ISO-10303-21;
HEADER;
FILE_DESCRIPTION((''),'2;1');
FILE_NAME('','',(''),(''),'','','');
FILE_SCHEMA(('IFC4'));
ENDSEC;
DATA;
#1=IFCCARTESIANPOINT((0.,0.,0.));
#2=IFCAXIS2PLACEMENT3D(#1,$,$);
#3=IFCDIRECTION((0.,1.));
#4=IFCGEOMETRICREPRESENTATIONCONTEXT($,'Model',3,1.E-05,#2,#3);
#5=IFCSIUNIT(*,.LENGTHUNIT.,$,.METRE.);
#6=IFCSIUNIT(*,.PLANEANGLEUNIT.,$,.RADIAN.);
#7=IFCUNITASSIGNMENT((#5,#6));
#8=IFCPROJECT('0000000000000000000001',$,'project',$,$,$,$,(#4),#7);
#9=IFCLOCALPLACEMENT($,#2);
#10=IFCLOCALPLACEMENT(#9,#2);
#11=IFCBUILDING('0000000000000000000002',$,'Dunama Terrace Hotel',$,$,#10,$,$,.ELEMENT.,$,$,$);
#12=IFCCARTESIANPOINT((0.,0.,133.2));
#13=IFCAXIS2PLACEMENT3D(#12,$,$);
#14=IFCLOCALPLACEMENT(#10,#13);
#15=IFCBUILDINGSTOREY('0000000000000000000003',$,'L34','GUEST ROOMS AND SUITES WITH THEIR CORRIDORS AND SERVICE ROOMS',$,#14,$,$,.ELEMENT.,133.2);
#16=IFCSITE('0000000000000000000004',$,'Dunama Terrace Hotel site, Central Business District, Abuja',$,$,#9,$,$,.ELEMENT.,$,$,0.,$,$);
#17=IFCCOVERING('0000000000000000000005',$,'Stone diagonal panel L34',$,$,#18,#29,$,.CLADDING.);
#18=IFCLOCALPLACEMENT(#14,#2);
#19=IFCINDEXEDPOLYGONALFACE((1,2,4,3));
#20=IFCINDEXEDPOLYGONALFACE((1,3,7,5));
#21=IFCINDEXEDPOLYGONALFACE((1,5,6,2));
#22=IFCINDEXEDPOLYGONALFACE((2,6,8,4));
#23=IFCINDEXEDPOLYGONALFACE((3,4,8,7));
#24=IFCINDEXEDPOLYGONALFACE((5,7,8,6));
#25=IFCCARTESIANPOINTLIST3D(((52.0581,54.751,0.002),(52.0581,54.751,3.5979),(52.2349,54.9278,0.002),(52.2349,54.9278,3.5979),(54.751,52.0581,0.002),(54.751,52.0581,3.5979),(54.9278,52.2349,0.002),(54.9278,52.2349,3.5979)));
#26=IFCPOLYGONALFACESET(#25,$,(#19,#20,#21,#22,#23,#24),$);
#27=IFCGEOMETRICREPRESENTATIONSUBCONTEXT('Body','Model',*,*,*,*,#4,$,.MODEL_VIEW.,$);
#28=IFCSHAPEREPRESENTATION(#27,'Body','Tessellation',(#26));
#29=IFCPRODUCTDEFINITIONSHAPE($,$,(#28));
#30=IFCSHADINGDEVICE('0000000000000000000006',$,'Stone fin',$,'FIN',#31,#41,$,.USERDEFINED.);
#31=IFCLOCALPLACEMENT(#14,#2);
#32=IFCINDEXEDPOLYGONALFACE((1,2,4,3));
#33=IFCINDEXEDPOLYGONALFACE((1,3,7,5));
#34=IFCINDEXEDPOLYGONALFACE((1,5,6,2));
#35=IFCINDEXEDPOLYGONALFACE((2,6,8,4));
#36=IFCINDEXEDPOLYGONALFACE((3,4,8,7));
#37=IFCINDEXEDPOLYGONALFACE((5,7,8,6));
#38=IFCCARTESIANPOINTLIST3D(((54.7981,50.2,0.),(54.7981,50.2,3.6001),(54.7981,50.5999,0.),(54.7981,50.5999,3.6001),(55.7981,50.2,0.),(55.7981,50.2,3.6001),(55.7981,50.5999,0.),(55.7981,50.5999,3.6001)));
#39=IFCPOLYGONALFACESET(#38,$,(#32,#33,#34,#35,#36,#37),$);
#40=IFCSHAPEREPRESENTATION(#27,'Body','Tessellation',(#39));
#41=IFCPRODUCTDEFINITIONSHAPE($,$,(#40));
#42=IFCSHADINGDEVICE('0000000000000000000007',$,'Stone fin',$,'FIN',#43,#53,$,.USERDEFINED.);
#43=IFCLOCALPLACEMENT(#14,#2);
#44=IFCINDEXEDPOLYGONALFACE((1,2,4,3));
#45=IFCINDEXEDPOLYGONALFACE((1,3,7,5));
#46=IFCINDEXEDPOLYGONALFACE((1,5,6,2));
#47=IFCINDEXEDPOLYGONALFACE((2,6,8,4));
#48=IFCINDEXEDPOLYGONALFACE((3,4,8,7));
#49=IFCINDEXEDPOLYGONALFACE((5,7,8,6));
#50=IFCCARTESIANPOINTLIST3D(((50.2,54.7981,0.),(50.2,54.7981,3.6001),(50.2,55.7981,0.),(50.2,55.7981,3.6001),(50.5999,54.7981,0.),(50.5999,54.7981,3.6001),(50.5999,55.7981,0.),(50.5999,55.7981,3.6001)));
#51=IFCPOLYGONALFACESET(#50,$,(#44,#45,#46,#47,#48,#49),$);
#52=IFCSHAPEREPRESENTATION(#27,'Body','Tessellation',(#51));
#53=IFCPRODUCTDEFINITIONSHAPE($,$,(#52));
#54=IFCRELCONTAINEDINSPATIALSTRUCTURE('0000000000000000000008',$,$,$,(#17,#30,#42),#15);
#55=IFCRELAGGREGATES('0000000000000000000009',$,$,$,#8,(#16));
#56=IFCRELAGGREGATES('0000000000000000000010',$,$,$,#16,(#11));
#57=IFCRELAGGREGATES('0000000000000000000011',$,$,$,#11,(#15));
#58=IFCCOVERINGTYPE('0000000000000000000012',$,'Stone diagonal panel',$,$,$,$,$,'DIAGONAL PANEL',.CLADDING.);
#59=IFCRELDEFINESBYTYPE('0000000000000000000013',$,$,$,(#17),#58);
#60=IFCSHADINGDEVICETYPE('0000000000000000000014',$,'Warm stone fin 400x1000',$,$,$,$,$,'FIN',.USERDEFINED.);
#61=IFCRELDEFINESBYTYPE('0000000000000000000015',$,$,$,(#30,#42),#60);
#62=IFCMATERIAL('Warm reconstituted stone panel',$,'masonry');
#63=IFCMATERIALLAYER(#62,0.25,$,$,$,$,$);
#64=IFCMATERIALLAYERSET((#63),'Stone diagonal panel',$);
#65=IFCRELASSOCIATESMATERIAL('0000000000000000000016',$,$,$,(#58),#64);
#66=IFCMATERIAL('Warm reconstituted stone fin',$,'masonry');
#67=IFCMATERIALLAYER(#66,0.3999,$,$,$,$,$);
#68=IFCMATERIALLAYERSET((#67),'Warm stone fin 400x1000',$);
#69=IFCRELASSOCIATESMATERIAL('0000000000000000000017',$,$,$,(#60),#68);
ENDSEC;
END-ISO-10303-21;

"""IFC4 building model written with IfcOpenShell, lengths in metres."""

from ifc_helpers import new_model, si_unit, direction, frame, origin, origin_2d, place, context, subcontext, project, spatial, rectangle, extrude, material, layer, layer_set, type_object, element, save


model = new_model("IFC4")

# Units and contexts
model_context = context("Model", 3, precision=1e-05, world=origin(), true_north=direction((0.0, 1.0)))
body_context = subcontext(model_context, "Body", "Model", "MODEL_VIEW")
ifc_project = project(units=[si_unit("LENGTHUNIT", "METRE"), si_unit("PLANEANGLEUNIT", "RADIAN")], contexts=[model_context])

# Site, building, storey
site_placement = place(None, origin())
site = spatial("IfcSite", under=ifc_project, at=site_placement, Name="Dunama Terrace Hotel site, Central Business District, Abuja", CompositionType="ELEMENT", RefElevation=0.0)
building_placement = place(site_placement, origin())
building = spatial("IfcBuilding", under=site, at=building_placement, Name="Dunama Terrace Hotel", CompositionType="ELEMENT")
storey_placement = place(building_placement, frame((0.0, 0.0, 133.2)))
storey = spatial("IfcBuildingStorey", under=building, at=storey_placement, Name="L34", Description="GUEST ROOMS AND SUITES WITH THEIR CORRIDORS AND SERVICE ROOMS", CompositionType="ELEMENT", Elevation=133.2)

# Covering
ifc_material_1 = material(Name="Warm reconstituted stone panel", Category="masonry")
ifc_layer_1 = layer(ifc_material_1, 0.25)
ifc_layer_set_1 = layer_set([ifc_layer_1], Name="Stone diagonal panel")
covering_type = type_object("IfcCoveringType", Name="Stone diagonal panel", ElementType="DIAGONAL PANEL", PredefinedType="CLADDING", material=ifc_layer_set_1)
covering_placement = place(storey_placement, frame((53.4929, 53.4929, 0.002), z_axis=(0.0, 0.0, 1.0), x_axis=(-0.707107, 0.707107, 0.0)))
element("IfcCovering", 1, at=covering_placement, inside=storey, type_object=covering_type, Name="Stone diagonal panel L34", PredefinedType="CLADDING", context=body_context, shape_type="SweptSolid", body=[
    extrude(rectangle(XDim=3.8083, YDim=0.25, at=origin_2d()), origin(), (0.0, 0.0, 1.0), 3.5959),
])

# Shading devices
ifc_material_2 = material(Name="Warm reconstituted stone fin", Category="masonry")
ifc_layer_2 = layer(ifc_material_2, 0.3999)
ifc_layer_set_2 = layer_set([ifc_layer_2], Name="Warm stone fin 400x1000")
shading_device_type = type_object("IfcShadingDeviceType", Name="Warm stone fin 400x1000", ElementType="FIN", PredefinedType="USERDEFINED", material=ifc_layer_set_2)
for number, where, z_axis, x_axis, name in (
    (2, (55.2981, 50.3999, 0.0), (0.0, 0.0, 1.0), (0.0, 1.0, 0.0), "Stone fin"),
    (3, (50.3999, 55.2981, 0.0), (0.0, 0.0, 1.0), (-1.0, 0.0, 0.0), "Stone fin"),
):
    element("IfcShadingDevice", number, at=place(storey_placement, frame(where, z_axis=z_axis, x_axis=x_axis)), inside=storey, type_object=shading_device_type, Name=name, ObjectType="FIN", PredefinedType="USERDEFINED", context=body_context, shape_type="SweptSolid", body=[
        extrude(rectangle(XDim=0.3999, YDim=1.0, at=origin_2d()), origin(), (0.0, 0.0, 1.0), 3.6001),
    ])

save(model, "model.ifc")
